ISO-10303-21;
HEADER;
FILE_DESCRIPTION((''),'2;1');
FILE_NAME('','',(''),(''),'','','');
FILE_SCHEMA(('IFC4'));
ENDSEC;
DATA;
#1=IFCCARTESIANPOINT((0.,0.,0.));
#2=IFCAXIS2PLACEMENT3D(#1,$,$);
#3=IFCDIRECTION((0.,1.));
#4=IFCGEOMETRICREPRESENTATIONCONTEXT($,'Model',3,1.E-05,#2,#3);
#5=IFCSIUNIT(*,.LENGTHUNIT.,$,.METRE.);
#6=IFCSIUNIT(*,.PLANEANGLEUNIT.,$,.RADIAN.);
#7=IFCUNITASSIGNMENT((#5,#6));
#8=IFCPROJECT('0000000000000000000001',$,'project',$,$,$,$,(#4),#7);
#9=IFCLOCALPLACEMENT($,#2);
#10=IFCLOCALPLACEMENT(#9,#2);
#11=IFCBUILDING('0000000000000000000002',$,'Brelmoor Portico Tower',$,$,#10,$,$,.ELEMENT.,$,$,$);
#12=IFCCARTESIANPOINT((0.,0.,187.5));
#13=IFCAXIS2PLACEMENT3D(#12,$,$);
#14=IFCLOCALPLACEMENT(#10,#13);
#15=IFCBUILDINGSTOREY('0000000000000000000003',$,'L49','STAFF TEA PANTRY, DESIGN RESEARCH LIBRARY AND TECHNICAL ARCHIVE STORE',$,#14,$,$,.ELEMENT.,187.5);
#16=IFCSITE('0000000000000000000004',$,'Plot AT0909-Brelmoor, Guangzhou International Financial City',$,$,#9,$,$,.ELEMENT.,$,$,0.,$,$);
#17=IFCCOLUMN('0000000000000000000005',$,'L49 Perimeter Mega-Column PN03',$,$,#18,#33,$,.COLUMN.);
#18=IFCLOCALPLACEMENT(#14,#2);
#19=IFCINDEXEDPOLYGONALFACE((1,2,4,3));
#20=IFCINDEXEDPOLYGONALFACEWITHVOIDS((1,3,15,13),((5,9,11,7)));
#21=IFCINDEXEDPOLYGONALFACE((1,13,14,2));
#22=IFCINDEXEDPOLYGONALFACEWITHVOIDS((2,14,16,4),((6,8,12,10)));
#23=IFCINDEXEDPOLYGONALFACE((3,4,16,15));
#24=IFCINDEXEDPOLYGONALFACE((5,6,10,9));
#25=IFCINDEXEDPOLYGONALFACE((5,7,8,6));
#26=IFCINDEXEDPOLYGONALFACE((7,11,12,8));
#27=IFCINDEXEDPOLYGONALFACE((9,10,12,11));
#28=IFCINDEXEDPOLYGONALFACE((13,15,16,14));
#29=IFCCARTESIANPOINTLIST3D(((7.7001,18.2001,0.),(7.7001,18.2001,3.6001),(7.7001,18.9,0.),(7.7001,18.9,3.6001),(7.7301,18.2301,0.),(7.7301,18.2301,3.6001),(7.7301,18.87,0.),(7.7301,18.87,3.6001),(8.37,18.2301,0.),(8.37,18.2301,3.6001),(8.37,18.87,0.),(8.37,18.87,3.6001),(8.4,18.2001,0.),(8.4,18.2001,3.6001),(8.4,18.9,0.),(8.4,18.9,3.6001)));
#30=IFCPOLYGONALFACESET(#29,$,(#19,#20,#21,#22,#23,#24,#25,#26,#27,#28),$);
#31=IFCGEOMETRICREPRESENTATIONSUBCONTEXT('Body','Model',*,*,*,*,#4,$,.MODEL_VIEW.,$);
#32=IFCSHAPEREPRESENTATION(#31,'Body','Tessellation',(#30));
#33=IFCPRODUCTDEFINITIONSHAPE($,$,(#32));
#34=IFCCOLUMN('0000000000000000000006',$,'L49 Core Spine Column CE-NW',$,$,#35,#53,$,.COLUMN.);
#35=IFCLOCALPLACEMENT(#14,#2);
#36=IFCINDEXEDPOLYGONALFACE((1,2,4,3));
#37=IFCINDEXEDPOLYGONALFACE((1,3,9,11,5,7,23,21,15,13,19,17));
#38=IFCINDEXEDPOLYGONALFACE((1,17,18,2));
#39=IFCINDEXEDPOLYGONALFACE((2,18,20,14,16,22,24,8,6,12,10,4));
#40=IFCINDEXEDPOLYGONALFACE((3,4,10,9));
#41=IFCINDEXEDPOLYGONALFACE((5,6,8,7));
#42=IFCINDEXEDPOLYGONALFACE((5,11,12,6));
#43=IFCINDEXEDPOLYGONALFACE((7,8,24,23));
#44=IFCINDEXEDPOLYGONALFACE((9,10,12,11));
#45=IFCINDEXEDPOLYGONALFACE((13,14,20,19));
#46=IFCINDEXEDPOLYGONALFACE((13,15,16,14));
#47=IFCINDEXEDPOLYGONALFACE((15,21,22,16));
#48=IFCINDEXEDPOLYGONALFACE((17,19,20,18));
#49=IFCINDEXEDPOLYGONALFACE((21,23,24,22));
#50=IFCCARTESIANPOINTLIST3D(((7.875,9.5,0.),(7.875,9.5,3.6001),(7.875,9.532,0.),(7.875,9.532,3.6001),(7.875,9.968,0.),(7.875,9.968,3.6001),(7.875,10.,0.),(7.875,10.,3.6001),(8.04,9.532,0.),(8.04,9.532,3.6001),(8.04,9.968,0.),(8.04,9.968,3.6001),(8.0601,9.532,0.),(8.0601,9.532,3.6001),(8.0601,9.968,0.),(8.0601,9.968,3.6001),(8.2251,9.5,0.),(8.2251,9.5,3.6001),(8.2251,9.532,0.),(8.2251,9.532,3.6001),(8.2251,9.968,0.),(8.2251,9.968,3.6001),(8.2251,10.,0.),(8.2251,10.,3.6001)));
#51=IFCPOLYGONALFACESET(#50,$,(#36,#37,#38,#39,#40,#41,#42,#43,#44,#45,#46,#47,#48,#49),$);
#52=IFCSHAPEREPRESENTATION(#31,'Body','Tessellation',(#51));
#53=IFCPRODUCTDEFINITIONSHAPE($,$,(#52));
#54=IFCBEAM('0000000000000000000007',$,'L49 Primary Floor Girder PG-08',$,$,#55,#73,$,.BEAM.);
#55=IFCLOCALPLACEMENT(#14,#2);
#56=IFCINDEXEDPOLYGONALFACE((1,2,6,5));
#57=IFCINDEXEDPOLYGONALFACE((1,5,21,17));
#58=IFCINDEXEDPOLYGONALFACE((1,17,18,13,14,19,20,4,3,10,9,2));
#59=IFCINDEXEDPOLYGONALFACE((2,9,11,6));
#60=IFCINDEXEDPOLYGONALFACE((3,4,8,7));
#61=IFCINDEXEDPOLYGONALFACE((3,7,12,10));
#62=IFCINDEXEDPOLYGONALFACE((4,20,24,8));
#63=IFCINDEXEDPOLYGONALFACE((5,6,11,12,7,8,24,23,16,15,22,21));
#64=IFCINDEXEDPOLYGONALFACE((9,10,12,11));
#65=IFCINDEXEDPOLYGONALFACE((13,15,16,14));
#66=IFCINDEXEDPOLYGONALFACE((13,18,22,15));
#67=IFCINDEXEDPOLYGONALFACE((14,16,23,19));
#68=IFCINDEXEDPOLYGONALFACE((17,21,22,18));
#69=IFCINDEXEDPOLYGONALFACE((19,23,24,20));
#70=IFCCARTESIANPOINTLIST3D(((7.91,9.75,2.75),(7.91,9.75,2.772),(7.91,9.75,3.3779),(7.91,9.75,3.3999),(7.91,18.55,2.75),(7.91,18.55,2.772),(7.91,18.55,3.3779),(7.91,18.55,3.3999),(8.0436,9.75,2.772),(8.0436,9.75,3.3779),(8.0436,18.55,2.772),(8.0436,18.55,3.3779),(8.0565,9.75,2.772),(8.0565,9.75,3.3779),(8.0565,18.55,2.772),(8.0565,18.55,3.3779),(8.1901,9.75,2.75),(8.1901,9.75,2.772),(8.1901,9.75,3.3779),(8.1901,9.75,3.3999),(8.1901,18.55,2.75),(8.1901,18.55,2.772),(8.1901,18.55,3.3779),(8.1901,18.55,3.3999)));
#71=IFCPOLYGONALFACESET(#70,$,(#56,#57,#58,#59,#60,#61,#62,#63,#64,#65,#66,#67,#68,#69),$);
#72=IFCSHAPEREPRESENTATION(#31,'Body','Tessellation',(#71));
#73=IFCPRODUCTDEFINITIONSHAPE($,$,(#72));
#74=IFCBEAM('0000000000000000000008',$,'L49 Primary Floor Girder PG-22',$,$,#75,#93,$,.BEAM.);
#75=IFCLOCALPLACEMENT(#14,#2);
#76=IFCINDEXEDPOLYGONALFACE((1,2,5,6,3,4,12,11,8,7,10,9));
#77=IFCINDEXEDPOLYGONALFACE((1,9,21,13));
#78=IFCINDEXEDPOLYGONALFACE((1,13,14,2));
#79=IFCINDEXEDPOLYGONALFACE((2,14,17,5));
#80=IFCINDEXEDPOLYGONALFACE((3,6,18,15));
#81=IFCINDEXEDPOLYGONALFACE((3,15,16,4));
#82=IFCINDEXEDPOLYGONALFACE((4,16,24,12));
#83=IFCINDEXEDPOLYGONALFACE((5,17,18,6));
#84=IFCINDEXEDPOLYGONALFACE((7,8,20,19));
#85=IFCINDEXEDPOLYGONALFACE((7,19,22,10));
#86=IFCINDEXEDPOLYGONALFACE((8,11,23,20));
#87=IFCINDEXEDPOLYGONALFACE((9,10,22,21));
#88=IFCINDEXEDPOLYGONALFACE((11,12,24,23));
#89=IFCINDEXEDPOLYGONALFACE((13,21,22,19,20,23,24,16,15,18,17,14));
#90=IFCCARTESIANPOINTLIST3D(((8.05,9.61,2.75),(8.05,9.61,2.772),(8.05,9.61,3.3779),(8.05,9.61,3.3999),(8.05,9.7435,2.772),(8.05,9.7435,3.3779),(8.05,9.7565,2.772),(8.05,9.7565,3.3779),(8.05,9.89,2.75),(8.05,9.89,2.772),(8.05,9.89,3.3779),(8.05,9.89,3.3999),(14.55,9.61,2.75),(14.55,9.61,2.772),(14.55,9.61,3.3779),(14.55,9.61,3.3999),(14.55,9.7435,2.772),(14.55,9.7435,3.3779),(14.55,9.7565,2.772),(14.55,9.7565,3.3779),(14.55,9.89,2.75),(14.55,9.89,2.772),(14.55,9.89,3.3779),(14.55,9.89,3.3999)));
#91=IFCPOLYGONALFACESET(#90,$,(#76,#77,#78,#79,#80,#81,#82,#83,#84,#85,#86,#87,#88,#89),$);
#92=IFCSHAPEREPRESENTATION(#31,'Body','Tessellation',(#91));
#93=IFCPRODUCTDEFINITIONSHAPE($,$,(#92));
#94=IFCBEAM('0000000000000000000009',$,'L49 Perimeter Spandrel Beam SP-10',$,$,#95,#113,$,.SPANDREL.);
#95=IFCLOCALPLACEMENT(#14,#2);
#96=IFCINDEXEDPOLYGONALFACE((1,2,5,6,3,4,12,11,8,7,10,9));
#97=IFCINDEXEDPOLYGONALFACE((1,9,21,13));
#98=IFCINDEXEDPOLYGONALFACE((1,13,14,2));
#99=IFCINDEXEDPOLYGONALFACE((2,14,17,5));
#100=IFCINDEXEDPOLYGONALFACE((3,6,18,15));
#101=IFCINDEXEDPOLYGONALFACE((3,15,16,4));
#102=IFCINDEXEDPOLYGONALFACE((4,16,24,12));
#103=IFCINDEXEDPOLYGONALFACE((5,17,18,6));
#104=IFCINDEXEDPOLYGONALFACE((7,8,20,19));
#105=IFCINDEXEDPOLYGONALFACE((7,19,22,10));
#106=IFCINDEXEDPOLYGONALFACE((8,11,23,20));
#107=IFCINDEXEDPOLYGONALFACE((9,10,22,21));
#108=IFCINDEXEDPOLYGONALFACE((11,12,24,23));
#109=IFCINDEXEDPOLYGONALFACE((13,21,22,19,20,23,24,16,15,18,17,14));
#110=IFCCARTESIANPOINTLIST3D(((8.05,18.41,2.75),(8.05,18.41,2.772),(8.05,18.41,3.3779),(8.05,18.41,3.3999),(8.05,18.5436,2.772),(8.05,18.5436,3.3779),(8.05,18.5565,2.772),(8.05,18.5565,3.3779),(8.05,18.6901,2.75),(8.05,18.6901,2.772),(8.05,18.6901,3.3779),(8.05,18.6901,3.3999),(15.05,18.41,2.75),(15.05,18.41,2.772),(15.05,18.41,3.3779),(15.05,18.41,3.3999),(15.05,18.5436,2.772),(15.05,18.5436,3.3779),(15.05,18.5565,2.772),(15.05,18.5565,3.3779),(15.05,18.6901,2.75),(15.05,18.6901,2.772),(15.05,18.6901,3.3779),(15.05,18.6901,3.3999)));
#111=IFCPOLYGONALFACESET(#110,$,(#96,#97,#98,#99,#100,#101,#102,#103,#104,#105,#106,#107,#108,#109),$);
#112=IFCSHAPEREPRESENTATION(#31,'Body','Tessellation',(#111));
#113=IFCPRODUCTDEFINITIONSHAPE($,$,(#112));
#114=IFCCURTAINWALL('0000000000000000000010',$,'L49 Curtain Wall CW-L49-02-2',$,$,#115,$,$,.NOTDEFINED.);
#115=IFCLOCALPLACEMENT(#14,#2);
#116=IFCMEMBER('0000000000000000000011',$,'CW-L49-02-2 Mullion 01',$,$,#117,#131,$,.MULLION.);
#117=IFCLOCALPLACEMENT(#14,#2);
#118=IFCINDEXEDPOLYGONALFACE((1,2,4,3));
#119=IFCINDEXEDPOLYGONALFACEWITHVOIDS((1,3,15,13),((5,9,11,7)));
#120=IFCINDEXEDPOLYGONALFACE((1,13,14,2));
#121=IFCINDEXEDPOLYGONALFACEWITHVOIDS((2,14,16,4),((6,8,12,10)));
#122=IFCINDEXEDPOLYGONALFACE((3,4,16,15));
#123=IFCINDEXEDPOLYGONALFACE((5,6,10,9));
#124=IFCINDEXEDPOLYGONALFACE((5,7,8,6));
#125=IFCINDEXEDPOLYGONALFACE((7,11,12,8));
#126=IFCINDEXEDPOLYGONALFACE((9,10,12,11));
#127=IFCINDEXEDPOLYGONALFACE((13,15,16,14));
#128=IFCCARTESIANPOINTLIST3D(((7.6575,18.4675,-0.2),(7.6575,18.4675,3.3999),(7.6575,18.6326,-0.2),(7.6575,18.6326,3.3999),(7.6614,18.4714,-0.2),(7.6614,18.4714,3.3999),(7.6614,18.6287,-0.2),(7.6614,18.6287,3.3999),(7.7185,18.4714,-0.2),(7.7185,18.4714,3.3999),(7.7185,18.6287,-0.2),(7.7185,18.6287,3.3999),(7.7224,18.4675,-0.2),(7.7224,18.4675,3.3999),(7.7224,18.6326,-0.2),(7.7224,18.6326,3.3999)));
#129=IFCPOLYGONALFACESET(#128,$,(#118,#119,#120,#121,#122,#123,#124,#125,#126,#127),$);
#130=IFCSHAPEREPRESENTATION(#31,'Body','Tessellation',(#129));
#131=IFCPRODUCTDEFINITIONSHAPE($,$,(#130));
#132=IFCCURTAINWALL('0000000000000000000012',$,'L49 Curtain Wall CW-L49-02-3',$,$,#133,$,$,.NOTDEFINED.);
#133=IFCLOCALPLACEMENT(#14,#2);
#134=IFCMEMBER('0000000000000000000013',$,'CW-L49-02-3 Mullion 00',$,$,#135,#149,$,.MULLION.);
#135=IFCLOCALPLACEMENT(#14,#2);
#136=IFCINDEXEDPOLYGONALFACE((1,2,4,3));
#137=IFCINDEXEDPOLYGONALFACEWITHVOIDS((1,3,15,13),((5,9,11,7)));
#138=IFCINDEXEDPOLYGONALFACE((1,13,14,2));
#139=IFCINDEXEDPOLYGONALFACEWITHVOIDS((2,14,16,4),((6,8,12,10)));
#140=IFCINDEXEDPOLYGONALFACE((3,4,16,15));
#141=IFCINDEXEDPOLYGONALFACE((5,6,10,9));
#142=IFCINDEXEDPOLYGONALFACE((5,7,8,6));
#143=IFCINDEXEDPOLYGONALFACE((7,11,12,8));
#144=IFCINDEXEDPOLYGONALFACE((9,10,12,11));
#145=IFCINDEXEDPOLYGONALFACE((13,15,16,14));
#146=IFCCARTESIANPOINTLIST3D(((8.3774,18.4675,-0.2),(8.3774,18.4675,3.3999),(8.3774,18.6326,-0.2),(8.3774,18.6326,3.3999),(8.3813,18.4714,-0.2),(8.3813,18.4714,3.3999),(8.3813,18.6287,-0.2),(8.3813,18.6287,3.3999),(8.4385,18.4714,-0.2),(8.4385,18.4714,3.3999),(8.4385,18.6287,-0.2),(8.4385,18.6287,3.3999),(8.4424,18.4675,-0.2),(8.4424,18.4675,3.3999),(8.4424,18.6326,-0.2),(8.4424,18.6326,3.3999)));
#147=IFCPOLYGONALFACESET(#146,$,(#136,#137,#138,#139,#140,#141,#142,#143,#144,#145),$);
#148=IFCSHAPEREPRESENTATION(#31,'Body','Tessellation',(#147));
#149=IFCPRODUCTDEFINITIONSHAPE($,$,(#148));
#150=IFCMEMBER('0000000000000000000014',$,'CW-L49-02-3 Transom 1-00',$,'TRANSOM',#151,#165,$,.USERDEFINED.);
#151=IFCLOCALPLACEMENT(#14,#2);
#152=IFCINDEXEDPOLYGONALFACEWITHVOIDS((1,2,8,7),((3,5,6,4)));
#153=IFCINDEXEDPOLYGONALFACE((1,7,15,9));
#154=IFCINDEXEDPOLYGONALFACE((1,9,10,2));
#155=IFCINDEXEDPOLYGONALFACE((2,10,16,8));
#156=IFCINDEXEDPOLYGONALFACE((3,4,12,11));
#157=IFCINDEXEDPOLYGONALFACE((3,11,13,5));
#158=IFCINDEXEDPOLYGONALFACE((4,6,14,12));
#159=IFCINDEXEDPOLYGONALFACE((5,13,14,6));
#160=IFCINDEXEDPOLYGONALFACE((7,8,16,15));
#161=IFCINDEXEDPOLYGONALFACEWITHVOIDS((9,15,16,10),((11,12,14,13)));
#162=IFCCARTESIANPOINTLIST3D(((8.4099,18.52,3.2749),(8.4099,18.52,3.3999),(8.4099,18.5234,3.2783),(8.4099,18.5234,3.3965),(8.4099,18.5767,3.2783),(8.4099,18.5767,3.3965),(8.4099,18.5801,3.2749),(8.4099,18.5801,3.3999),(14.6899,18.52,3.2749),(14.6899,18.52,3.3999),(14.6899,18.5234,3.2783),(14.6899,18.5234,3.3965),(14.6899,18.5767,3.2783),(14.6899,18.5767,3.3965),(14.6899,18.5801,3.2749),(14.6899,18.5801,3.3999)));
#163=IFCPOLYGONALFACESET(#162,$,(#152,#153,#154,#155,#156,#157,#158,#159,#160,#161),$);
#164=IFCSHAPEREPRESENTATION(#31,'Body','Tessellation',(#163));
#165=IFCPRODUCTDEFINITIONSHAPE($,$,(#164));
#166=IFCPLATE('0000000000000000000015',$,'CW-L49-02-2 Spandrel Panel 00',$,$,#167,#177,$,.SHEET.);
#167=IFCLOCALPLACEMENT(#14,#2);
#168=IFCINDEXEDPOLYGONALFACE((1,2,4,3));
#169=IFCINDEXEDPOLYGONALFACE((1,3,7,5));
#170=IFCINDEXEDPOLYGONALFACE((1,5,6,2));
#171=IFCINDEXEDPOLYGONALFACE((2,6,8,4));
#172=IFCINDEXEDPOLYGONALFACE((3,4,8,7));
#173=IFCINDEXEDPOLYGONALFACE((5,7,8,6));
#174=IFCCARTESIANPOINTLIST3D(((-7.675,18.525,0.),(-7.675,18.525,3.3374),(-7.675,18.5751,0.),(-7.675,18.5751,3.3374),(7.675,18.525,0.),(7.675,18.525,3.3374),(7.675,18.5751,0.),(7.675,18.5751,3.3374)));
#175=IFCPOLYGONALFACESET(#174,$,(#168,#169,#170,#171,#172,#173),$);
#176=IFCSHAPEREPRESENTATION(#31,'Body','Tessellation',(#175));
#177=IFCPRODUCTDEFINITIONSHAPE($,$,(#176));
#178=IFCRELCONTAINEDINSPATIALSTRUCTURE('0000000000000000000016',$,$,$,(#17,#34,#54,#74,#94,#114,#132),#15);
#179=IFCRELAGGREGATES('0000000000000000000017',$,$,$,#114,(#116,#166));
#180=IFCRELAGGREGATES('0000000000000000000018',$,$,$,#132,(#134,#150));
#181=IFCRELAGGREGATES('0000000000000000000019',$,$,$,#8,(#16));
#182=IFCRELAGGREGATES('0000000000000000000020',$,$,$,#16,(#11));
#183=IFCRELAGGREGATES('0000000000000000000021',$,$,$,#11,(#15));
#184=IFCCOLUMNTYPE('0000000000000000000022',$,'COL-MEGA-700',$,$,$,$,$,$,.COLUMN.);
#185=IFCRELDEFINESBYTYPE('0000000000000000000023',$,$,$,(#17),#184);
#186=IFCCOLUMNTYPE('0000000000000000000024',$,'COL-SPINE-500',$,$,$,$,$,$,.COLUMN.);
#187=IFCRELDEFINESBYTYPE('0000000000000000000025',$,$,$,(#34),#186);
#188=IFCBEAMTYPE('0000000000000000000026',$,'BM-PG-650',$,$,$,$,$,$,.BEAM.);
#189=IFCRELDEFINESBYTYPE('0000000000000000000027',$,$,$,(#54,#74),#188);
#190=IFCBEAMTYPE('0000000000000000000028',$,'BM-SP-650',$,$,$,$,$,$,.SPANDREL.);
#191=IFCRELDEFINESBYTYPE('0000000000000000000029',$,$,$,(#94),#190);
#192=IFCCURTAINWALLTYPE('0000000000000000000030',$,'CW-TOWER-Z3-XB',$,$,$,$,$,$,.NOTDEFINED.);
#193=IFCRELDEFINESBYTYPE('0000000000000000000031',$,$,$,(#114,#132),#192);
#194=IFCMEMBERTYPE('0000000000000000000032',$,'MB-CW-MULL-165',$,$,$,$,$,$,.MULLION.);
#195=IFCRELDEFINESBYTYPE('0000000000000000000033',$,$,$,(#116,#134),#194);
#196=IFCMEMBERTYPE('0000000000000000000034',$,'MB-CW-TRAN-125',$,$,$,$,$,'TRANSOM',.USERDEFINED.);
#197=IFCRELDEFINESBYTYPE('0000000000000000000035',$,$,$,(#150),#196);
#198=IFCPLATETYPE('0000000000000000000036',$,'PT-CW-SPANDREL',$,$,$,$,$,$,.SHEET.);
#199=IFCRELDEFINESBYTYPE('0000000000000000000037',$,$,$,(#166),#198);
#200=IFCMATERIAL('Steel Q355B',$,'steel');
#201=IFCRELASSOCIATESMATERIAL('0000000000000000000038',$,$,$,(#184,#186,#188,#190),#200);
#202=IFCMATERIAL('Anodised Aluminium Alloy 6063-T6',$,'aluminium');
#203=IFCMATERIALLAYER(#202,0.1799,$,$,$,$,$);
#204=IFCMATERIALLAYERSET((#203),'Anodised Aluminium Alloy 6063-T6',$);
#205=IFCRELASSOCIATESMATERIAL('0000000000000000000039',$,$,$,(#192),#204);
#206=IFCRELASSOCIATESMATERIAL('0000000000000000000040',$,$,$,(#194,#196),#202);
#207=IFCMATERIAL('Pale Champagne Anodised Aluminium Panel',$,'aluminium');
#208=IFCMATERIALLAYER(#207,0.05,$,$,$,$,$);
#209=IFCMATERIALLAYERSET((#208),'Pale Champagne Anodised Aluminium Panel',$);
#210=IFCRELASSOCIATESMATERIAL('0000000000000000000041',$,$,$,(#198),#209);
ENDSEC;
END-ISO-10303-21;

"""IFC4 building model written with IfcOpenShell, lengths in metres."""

from ifc_helpers import new_model, si_unit, direction, frame, origin, origin_2d, place, context, subcontext, project, spatial, rectangle, hollow_rectangle, i_section, extrude, material, layer, layer_set, material_profile, profile_set, type_object, element, aggregate, save


model = new_model("IFC4")

# Units and contexts
model_context = context("Model", 3, precision=1e-05, world=origin(), true_north=direction((0.0, 1.0)))
body_context = subcontext(model_context, "Body", "Model", "MODEL_VIEW")
ifc_project = project(units=[si_unit("LENGTHUNIT", "METRE"), si_unit("PLANEANGLEUNIT", "RADIAN")], contexts=[model_context])

# Site, building, storey
site_placement = place(None, origin())
site = spatial("IfcSite", under=ifc_project, at=site_placement, Name="Plot AT0909-Brelmoor, Guangzhou International Financial City", CompositionType="ELEMENT", RefElevation=0.0)
building_placement = place(site_placement, origin())
building = spatial("IfcBuilding", under=site, at=building_placement, Name="Brelmoor Portico Tower", CompositionType="ELEMENT")
storey_placement = place(building_placement, frame((0.0, 0.0, 187.5)))
storey = spatial("IfcBuildingStorey", under=building, at=storey_placement, Name="L49", Description="STAFF TEA PANTRY, DESIGN RESEARCH LIBRARY AND TECHNICAL ARCHIVE STORE", CompositionType="ELEMENT", Elevation=187.5)

# Columns
ifc_material_1 = material(Name="Steel Q355B", Category="steel")
ifc_material_profile_1 = material_profile(ifc_material_1, hollow_rectangle(XDim=0.7, YDim=0.7, WallThickness=0.03, at=origin_2d()), Name="BOX 700x700x30")
ifc_profile_set_1 = profile_set([ifc_material_profile_1], Name="Steel Q355B")
column_type_1 = type_object("IfcColumnType", Name="COL-MEGA-700", PredefinedType="COLUMN", material=ifc_profile_set_1)
column_1_placement = place(storey_placement, frame((8.05, 18.55, 0.0), z_axis=(0.0, 0.0, 1.0), x_axis=(1.0, 0.0, 0.0)))
element("IfcColumn", 1, at=column_1_placement, inside=storey, type_object=column_type_1, Name="L49 Perimeter Mega-Column PN03", PredefinedType="COLUMN", context=body_context, shape_type="SweptSolid", body=[
    extrude(hollow_rectangle(XDim=0.7, YDim=0.7, WallThickness=0.03, at=origin_2d()), origin(), (0.0, 0.0, 1.0), 3.6001),
])
ifc_material_profile_2 = material_profile(ifc_material_1, i_section(OverallWidth=0.3501, OverallDepth=0.5, WebThickness=0.02, FlangeThickness=0.032, at=origin_2d()), Name="HW 500x350x20x32")
ifc_profile_set_2 = profile_set([ifc_material_profile_2], Name="Steel Q355B")
column_type_2 = type_object("IfcColumnType", Name="COL-SPINE-500", PredefinedType="COLUMN", material=ifc_profile_set_2)
column_2_placement = place(storey_placement, frame((8.05, 9.75, 0.0), z_axis=(0.0, 0.0, 1.0), x_axis=(1.0, 0.0, 0.0)))
element("IfcColumn", 2, at=column_2_placement, inside=storey, type_object=column_type_2, Name="L49 Core Spine Column CE-NW", PredefinedType="COLUMN", context=body_context, shape_type="SweptSolid", body=[
    extrude(i_section(OverallWidth=0.3501, OverallDepth=0.5, WebThickness=0.02, FlangeThickness=0.032, at=origin_2d()), origin(), (0.0, 0.0, 1.0), 3.6001),
])

# Beams
ifc_material_profile_3 = material_profile(ifc_material_1, i_section(OverallWidth=0.28, OverallDepth=0.6499, WebThickness=0.0129, FlangeThickness=0.022, at=origin_2d()), Name="HN 650x280x13x22")
ifc_profile_set_3 = profile_set([ifc_material_profile_3], Name="Steel Q355B")
beam_type_1 = type_object("IfcBeamType", Name="BM-PG-650", PredefinedType="BEAM", material=ifc_profile_set_3)
beam_1_placement = place(storey_placement, frame((8.05, 9.75, 3.075), z_axis=(0.0, 1.0, 0.0), x_axis=(-1.0, 0.0, 0.0)))
element("IfcBeam", 3, at=beam_1_placement, inside=storey, type_object=beam_type_1, Name="L49 Primary Floor Girder PG-08", PredefinedType="BEAM", context=body_context, shape_type="SweptSolid", body=[
    extrude(i_section(OverallWidth=0.28, OverallDepth=0.6499, WebThickness=0.0129, FlangeThickness=0.022, at=origin_2d()), origin(), (0.0, 0.0, 1.0), 8.8),
])
beam_2_placement = place(storey_placement, frame((8.05, 9.75, 3.075), z_axis=(1.0, 0.0, 0.0), x_axis=(0.0, 1.0, 0.0)))
element("IfcBeam", 4, at=beam_2_placement, inside=storey, type_object=beam_type_1, Name="L49 Primary Floor Girder PG-22", PredefinedType="BEAM", context=body_context, shape_type="SweptSolid", body=[
    extrude(i_section(OverallWidth=0.28, OverallDepth=0.6499, WebThickness=0.0129, FlangeThickness=0.022, at=origin_2d()), origin(), (0.0, 0.0, 1.0), 6.5),
])
ifc_material_profile_4 = material_profile(ifc_material_1, i_section(OverallWidth=0.28, OverallDepth=0.6499, WebThickness=0.0129, FlangeThickness=0.022, at=origin_2d()), Name="HN 650x280x13x22")
ifc_profile_set_4 = profile_set([ifc_material_profile_4], Name="Steel Q355B")
beam_type_2 = type_object("IfcBeamType", Name="BM-SP-650", PredefinedType="SPANDREL", material=ifc_profile_set_4)
beam_3_placement = place(storey_placement, frame((8.05, 18.55, 3.075), z_axis=(1.0, 0.0, 0.0), x_axis=(0.0, 1.0, 0.0)))
element("IfcBeam", 5, at=beam_3_placement, inside=storey, type_object=beam_type_2, Name="L49 Perimeter Spandrel Beam SP-10", PredefinedType="SPANDREL", context=body_context, shape_type="SweptSolid", body=[
    extrude(i_section(OverallWidth=0.28, OverallDepth=0.6499, WebThickness=0.0129, FlangeThickness=0.022, at=origin_2d()), origin(), (0.0, 0.0, 1.0), 7.0),
])

# Curtain wall, member
ifc_material_2 = material(Name="Anodised Aluminium Alloy 6063-T6", Category="aluminium")
ifc_layer_1 = layer(ifc_material_2, 0.1799)
ifc_layer_set_1 = layer_set([ifc_layer_1], Name="Anodised Aluminium Alloy 6063-T6")
curtain_wall_type = type_object("IfcCurtainWallType", Name="CW-TOWER-Z3-XB", PredefinedType="NOTDEFINED", material=ifc_layer_set_1)
curtain_wall_1_placement = place(storey_placement, origin())
curtain_wall_1 = element("IfcCurtainWall", 6, at=curtain_wall_1_placement, inside=storey, type_object=curtain_wall_type, Name="L49 Curtain Wall CW-L49-02-2", PredefinedType="NOTDEFINED")
ifc_material_profile_5 = material_profile(ifc_material_2, hollow_rectangle(XDim=0.0649, YDim=0.165, WallThickness=0.0039, at=origin_2d()), Name="ALU MULLION 65x165")
ifc_profile_set_5 = profile_set([ifc_material_profile_5], Name="Anodised Aluminium Alloy 6063-T6")
member_type_1 = type_object("IfcMemberType", Name="MB-CW-MULL-165", PredefinedType="MULLION", material=ifc_profile_set_5)
member_1_placement = place(storey_placement, frame((7.6899, 18.55, -0.2), z_axis=(0.0, 0.0, 1.0), x_axis=(1.0, 0.0, 0.0)))
member_1 = element("IfcMember", 7, at=member_1_placement, type_object=member_type_1, Name="CW-L49-02-2 Mullion 01", PredefinedType="MULLION", context=body_context, shape_type="SweptSolid", body=[
    extrude(hollow_rectangle(XDim=0.0649, YDim=0.165, WallThickness=0.0039, at=origin_2d()), origin(), (0.0, 0.0, 1.0), 3.5999),
])

# Curtain wall, members
curtain_wall_2_placement = place(storey_placement, origin())
curtain_wall_2 = element("IfcCurtainWall", 8, at=curtain_wall_2_placement, inside=storey, type_object=curtain_wall_type, Name="L49 Curtain Wall CW-L49-02-3", PredefinedType="NOTDEFINED")
member_2_placement = place(storey_placement, frame((8.4099, 18.55, -0.2), z_axis=(0.0, 0.0, 1.0), x_axis=(1.0, 0.0, 0.0)))
member_2 = element("IfcMember", 9, at=member_2_placement, type_object=member_type_1, Name="CW-L49-02-3 Mullion 00", PredefinedType="MULLION", context=body_context, shape_type="SweptSolid", body=[
    extrude(hollow_rectangle(XDim=0.0649, YDim=0.165, WallThickness=0.0039, at=origin_2d()), origin(), (0.0, 0.0, 1.0), 3.5999),
])
ifc_material_profile_6 = material_profile(ifc_material_2, hollow_rectangle(XDim=0.0601, YDim=0.125, WallThickness=0.0034, at=origin_2d()), Name="ALU TRANSOM 60x125")
ifc_profile_set_6 = profile_set([ifc_material_profile_6], Name="Anodised Aluminium Alloy 6063-T6")
member_type_2 = type_object("IfcMemberType", Name="MB-CW-TRAN-125", ElementType="TRANSOM", PredefinedType="USERDEFINED", material=ifc_profile_set_6)
member_3_placement = place(storey_placement, frame((8.4099, 18.55, 3.3374), z_axis=(1.0, 0.0, 0.0), x_axis=(0.0, 1.0, 0.0)))
member_3 = element("IfcMember", 10, at=member_3_placement, type_object=member_type_2, Name="CW-L49-02-3 Transom 1-00", ObjectType="TRANSOM", PredefinedType="USERDEFINED", context=body_context, shape_type="SweptSolid", body=[
    extrude(hollow_rectangle(XDim=0.0601, YDim=0.125, WallThickness=0.0034, at=origin_2d()), origin(), (0.0, 0.0, 1.0), 6.28),
])

# Plate
ifc_material_3 = material(Name="Pale Champagne Anodised Aluminium Panel", Category="aluminium")
ifc_layer_2 = layer(ifc_material_3, 0.05)
ifc_layer_set_2 = layer_set([ifc_layer_2], Name="Pale Champagne Anodised Aluminium Panel")
plate_type_1 = type_object("IfcPlateType", Name="PT-CW-SPANDREL", PredefinedType="SHEET", material=ifc_layer_set_2)
plate_1_placement = place(storey_placement, frame((0.0, 18.55, 0.0), z_axis=(0.0, 0.0, 1.0), x_axis=(1.0, 0.0, 0.0)))
plate_1 = element("IfcPlate", 11, at=plate_1_placement, type_object=plate_type_1, Name="CW-L49-02-2 Spandrel Panel 00", PredefinedType="SHEET", context=body_context, shape_type="SweptSolid", body=[
    extrude(rectangle(XDim=15.3501, YDim=0.05, at=origin_2d()), origin(), (0.0, 0.0, 1.0), 3.3374),
])
aggregate(curtain_wall_1, [member_1, plate_1])
aggregate(curtain_wall_2, [member_2, member_3])

save(model, "model.ifc")
